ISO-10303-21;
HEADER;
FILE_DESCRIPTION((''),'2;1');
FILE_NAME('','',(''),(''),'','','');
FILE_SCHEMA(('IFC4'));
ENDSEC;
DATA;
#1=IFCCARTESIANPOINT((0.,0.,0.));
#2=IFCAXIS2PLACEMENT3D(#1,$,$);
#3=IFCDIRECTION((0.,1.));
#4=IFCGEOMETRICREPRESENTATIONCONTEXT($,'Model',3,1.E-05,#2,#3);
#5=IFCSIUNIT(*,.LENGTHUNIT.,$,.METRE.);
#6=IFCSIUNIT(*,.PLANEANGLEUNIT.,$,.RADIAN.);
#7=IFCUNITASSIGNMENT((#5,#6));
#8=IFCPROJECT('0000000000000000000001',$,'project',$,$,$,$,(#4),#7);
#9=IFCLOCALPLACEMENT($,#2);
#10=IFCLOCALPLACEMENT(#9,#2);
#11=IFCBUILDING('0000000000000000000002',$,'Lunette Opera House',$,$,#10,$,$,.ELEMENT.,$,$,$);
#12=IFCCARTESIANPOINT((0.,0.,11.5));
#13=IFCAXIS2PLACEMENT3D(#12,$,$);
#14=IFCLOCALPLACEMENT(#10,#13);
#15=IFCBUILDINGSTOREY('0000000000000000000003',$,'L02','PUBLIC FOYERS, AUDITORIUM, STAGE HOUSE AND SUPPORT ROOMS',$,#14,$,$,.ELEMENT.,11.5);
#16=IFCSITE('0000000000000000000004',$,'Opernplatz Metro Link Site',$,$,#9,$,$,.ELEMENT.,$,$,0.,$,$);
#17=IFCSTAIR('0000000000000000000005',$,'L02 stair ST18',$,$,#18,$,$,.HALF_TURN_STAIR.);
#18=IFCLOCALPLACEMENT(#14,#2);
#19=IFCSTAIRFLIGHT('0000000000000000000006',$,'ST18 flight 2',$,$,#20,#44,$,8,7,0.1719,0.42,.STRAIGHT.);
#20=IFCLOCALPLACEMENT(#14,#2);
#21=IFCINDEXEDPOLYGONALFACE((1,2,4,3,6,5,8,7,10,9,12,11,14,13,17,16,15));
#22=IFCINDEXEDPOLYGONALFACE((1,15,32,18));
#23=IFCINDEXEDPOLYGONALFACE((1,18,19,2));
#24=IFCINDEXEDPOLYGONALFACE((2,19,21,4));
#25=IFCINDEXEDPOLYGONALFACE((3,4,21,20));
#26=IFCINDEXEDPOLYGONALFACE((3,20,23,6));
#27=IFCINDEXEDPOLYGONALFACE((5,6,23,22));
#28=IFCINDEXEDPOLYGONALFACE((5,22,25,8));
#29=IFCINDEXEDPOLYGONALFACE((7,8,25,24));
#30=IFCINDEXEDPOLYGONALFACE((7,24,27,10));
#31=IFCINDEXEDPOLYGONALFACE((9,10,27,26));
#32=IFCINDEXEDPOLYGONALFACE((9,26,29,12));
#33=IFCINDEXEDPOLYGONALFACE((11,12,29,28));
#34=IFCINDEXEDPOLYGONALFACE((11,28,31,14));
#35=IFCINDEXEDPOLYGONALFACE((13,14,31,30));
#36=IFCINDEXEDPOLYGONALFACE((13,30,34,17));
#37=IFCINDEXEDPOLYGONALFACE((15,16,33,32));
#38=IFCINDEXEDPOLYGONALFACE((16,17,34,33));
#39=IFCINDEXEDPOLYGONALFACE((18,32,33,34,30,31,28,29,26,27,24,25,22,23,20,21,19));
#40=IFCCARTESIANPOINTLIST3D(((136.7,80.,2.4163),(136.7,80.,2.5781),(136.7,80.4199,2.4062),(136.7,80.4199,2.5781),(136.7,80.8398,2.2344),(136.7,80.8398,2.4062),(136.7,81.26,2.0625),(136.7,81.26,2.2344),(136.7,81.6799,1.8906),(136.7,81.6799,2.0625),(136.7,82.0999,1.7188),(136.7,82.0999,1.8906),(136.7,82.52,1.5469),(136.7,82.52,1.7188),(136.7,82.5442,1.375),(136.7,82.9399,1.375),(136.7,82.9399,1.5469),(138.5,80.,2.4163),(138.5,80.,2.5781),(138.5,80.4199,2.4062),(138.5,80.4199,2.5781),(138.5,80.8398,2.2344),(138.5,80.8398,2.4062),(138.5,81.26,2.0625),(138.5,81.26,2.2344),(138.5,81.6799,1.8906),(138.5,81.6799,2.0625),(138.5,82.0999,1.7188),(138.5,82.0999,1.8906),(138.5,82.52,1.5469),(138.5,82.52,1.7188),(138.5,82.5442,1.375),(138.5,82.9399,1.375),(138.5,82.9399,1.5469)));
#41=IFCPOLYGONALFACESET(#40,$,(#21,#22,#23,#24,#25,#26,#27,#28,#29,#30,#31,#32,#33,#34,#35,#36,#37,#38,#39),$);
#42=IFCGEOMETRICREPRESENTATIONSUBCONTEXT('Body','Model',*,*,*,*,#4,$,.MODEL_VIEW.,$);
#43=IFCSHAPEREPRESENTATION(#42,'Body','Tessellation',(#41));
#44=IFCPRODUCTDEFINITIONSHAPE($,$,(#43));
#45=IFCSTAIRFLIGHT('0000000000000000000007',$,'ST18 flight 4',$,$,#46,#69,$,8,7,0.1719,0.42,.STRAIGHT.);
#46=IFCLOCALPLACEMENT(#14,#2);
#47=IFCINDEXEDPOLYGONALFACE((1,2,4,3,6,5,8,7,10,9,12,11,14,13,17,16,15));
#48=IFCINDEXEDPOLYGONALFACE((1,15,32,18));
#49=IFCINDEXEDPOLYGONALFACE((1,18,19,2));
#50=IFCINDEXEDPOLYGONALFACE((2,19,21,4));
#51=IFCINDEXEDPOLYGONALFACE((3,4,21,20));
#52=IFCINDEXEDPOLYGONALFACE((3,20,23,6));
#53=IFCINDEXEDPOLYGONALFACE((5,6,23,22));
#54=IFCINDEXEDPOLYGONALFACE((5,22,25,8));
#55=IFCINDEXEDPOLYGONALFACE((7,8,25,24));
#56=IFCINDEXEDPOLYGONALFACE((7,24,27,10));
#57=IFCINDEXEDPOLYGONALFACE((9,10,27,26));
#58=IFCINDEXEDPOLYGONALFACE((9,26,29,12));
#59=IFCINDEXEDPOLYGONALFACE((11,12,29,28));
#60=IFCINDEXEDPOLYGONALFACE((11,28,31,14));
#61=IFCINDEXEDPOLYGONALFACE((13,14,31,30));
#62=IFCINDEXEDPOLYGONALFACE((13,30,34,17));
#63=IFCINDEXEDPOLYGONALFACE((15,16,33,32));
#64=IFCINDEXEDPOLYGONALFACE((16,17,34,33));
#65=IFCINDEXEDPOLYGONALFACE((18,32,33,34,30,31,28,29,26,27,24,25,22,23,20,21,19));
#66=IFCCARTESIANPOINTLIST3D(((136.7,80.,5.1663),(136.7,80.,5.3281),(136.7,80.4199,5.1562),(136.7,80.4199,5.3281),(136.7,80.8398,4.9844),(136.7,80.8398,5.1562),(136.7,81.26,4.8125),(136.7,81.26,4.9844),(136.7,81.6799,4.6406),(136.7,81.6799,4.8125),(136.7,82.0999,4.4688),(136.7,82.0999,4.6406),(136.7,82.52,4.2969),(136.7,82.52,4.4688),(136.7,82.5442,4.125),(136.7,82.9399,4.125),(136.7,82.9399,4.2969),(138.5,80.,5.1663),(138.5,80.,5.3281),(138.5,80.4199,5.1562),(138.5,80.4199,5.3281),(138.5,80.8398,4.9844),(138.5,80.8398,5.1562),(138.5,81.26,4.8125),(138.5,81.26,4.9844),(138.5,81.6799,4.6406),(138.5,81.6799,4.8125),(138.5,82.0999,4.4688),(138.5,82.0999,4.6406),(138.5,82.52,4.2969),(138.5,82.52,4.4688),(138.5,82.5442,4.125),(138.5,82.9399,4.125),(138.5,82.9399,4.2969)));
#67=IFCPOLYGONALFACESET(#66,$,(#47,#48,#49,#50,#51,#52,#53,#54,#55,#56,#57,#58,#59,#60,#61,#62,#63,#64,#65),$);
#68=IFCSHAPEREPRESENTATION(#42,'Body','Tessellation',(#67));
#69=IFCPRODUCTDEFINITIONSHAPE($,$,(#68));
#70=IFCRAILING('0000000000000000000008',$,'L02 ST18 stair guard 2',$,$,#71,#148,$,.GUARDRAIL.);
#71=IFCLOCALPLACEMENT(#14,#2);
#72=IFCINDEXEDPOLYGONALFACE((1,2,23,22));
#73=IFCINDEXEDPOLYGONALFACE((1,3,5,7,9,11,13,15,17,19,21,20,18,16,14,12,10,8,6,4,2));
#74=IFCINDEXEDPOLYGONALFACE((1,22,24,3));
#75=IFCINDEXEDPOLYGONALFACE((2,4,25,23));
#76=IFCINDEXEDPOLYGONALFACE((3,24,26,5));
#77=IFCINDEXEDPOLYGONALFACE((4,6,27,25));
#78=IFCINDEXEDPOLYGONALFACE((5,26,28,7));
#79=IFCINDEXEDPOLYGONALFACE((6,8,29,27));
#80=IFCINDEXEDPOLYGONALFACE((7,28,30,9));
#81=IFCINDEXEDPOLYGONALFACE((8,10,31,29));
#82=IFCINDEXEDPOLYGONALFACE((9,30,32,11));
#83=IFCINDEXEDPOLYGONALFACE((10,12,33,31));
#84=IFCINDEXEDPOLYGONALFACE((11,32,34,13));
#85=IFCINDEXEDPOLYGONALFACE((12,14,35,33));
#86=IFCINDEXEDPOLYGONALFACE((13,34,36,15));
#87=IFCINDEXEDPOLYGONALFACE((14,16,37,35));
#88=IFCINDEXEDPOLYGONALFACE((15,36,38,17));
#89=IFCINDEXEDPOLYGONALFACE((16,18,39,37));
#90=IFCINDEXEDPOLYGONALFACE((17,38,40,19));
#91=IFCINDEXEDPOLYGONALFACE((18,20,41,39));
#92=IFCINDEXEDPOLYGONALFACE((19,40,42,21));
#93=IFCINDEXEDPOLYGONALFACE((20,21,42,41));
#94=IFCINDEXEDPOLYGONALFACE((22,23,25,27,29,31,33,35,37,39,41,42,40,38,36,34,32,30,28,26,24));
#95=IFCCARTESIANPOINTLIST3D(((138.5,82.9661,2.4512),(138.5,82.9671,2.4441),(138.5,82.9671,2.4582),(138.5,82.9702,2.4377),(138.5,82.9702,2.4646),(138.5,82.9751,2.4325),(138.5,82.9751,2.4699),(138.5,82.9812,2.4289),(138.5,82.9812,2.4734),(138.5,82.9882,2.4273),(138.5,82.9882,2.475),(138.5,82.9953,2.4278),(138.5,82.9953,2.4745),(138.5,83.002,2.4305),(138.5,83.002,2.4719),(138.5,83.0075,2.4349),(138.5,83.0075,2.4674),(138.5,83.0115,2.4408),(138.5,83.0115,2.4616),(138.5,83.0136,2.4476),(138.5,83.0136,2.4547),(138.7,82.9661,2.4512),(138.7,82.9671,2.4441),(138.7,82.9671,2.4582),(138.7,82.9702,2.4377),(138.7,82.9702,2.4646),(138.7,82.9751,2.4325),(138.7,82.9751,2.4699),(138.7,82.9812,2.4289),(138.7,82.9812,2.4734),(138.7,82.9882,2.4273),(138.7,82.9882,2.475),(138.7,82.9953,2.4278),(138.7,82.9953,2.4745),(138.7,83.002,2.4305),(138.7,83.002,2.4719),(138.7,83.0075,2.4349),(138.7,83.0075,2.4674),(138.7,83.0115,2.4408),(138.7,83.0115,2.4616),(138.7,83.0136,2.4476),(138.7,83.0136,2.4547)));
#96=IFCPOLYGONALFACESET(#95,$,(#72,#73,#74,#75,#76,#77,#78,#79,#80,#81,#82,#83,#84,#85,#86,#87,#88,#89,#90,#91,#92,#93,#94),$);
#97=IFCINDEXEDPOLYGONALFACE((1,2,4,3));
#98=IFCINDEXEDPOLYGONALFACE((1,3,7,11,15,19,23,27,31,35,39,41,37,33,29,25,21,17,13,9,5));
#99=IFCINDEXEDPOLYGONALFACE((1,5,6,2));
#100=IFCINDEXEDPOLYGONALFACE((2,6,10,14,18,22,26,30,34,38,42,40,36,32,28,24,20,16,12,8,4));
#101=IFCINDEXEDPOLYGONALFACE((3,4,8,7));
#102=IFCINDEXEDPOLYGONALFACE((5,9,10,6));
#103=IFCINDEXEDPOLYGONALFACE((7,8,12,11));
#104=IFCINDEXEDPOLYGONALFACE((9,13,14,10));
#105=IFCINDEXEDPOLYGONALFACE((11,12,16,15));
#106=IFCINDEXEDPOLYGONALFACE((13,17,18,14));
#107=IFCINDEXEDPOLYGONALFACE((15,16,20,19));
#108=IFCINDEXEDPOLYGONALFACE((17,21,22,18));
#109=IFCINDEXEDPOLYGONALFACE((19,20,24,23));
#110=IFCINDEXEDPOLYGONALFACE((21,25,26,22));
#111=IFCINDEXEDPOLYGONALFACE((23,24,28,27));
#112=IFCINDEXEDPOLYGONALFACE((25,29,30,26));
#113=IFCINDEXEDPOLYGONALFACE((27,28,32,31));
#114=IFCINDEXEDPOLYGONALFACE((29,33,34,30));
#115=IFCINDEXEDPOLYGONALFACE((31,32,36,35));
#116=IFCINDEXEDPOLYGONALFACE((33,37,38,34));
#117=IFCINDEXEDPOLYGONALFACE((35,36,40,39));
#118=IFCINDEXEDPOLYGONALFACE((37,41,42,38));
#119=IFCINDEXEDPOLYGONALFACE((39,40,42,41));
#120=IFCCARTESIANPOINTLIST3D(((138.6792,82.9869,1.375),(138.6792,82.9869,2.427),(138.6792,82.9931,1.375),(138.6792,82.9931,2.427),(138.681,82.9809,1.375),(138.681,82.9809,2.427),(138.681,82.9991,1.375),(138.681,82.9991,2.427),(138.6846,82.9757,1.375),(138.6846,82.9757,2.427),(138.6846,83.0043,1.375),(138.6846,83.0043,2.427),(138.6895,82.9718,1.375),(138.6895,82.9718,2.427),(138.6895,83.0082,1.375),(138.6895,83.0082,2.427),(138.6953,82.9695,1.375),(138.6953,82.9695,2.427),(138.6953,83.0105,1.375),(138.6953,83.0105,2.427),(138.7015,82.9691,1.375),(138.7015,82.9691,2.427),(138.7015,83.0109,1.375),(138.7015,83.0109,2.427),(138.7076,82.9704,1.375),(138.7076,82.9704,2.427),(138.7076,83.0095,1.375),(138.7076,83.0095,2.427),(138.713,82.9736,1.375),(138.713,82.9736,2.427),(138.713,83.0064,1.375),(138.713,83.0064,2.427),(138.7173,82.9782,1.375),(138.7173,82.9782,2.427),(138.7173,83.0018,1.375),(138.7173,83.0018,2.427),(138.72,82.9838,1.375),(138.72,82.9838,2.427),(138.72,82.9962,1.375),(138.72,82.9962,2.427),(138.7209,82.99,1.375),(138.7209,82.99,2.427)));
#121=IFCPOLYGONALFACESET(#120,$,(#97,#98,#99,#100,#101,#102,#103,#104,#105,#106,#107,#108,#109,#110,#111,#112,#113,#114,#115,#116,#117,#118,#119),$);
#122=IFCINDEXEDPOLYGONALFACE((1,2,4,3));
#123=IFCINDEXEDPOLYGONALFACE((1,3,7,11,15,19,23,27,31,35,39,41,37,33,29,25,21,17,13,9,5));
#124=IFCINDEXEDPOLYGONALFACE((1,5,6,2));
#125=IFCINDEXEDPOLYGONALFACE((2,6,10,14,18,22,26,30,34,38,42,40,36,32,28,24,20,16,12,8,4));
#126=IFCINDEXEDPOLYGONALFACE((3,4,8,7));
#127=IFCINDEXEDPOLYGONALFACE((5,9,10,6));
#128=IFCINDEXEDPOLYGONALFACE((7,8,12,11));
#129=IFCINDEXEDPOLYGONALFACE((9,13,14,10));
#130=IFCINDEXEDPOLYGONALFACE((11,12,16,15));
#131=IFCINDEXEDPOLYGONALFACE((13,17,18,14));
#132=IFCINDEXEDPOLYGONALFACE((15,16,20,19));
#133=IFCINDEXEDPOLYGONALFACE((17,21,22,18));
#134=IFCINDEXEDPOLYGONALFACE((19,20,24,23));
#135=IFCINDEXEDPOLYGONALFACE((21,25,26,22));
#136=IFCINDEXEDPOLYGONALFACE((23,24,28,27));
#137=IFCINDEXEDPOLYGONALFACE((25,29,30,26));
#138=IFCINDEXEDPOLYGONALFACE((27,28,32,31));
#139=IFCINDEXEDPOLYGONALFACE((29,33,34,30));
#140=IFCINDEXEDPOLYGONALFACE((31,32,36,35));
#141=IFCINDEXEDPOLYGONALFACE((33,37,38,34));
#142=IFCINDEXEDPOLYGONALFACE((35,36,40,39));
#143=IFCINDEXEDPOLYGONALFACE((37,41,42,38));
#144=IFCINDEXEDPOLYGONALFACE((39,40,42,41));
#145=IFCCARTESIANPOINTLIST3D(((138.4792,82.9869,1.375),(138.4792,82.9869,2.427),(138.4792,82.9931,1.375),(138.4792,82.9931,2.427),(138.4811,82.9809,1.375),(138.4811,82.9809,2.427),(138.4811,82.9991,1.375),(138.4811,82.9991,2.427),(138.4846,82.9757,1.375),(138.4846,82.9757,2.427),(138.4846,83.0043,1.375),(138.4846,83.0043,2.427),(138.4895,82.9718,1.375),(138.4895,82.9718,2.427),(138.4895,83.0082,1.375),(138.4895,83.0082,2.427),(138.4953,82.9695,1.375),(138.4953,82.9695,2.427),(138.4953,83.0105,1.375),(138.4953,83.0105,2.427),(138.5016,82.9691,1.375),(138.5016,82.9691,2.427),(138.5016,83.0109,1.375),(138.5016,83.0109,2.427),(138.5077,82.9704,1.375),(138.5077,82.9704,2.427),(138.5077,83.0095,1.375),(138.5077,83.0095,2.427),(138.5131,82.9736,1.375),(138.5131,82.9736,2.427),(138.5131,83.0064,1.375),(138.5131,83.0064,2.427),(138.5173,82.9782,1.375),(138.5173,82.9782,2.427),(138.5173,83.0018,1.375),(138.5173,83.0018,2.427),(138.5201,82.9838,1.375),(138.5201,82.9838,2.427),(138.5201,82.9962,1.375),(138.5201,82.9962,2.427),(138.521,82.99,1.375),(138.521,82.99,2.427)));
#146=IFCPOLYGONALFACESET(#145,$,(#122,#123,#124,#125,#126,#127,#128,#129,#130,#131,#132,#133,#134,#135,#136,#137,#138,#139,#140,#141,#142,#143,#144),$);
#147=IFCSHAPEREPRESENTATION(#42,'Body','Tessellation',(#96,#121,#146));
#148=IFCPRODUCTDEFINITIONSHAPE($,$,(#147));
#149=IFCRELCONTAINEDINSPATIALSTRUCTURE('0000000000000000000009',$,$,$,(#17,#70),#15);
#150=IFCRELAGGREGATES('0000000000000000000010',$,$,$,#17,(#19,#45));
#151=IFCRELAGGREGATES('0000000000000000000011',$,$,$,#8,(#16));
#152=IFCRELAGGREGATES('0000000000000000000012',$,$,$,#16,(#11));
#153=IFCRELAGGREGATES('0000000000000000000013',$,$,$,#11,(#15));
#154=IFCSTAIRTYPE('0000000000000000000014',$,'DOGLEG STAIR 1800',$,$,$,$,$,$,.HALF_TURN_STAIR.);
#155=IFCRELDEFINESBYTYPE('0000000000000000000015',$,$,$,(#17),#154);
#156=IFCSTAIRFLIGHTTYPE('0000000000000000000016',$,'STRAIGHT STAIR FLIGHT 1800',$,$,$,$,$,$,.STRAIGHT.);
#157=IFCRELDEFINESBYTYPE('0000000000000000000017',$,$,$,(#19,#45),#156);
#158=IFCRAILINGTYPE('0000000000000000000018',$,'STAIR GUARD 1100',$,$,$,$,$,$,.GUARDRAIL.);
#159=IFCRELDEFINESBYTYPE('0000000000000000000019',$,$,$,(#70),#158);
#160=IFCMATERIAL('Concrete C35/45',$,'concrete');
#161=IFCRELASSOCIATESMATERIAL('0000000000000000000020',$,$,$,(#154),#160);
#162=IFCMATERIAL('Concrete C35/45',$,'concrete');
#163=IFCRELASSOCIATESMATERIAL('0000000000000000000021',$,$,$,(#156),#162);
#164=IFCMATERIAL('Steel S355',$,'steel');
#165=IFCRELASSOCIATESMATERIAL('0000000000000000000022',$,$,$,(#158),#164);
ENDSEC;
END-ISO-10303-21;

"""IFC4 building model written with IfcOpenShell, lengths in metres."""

from ifc_helpers import new_model, si_unit, direction, frame, origin, origin_2d, place, context, subcontext, project, spatial, polyline, circle, outline, extrude, material, type_object, element, aggregate, save


model = new_model("IFC4")

# Units and contexts
model_context = context("Model", 3, precision=1e-05, world=origin(), true_north=direction((0.0, 1.0)))
body_context = subcontext(model_context, "Body", "Model", "MODEL_VIEW")
ifc_project = project(units=[si_unit("LENGTHUNIT", "METRE"), si_unit("PLANEANGLEUNIT", "RADIAN")], contexts=[model_context])

# Site, building, storey
site_placement = place(None, origin())
site = spatial("IfcSite", under=ifc_project, at=site_placement, Name="Opernplatz Metro Link Site", CompositionType="ELEMENT", RefElevation=0.0)
building_placement = place(site_placement, origin())
building = spatial("IfcBuilding", under=site, at=building_placement, Name="Lunette Opera House", CompositionType="ELEMENT")
storey_placement = place(building_placement, frame((0.0, 0.0, 11.5)))
storey = spatial("IfcBuildingStorey", under=building, at=storey_placement, Name="L02", Description="PUBLIC FOYERS, AUDITORIUM, STAGE HOUSE AND SUPPORT ROOMS", CompositionType="ELEMENT", Elevation=11.5)

# Stair, stair flights
ifc_material_1 = material(Name="Concrete C35/45", Category="concrete")
stair_type = type_object("IfcStairType", Name="DOGLEG STAIR 1800", PredefinedType="HALF_TURN_STAIR", material=ifc_material_1)
stair_placement = place(storey_placement, origin())
stair = element("IfcStair", 1, at=stair_placement, inside=storey, type_object=stair_type, Name="L02 stair ST18", PredefinedType="HALF_TURN_STAIR")
ifc_material_2 = material(Name="Concrete C35/45", Category="concrete")
stair_flight_type = type_object("IfcStairFlightType", Name="STRAIGHT STAIR FLIGHT 1800", PredefinedType="STRAIGHT", material=ifc_material_2)
stair_flight_1_placement = place(storey_placement, frame((137.6001, 82.9399, 1.375), z_axis=(0.0, 0.0, 1.0), x_axis=(0.0, -1.0, 0.0)))
stair_flight_1 = element("IfcStairFlight", 2, at=stair_flight_1_placement, type_object=stair_flight_type, Name="ST18 flight 2", NumberOfRisers=8, NumberOfTreads=7, PredefinedType="STRAIGHT", RiserHeight=0.1719, TreadLength=0.42, context=body_context, shape_type="SweptSolid", body=[
    extrude(outline(polyline([(0.0, 0.0), (0.0, 0.1719), (0.4199, 0.1719), (0.4199, 0.3438), (0.8401, 0.3438), (0.8401, 0.5156), (1.26, 0.5156), (1.26, 0.6875), (1.6799, 0.6875), (1.6799, 0.8594), (2.1001, 0.8594), (2.1001, 1.0312), (2.52, 1.0312), (2.52, 1.2031), (2.9399, 1.2031), (2.9399, 1.375), (2.9399, 1.0413), (0.3958, 0.0), (0.0, 0.0)])), frame((0.0, 0.8999, 0.0), z_axis=(0.0, -1.0, 0.0), x_axis=(1.0, 0.0, 0.0)), (0.0, 0.0, 1.0), 1.8),
])
stair_flight_2_placement = place(storey_placement, frame((137.6001, 82.9399, 4.125), z_axis=(0.0, 0.0, 1.0), x_axis=(0.0, -1.0, 0.0)))
stair_flight_2 = element("IfcStairFlight", 3, at=stair_flight_2_placement, type_object=stair_flight_type, Name="ST18 flight 4", NumberOfRisers=8, NumberOfTreads=7, PredefinedType="STRAIGHT", RiserHeight=0.1719, TreadLength=0.42, context=body_context, shape_type="SweptSolid", body=[
    extrude(outline(polyline([(0.0, 0.0), (0.0, 0.1719), (0.4199, 0.1719), (0.4199, 0.3438), (0.8401, 0.3438), (0.8401, 0.5156), (1.26, 0.5156), (1.26, 0.6875), (1.6799, 0.6875), (1.6799, 0.8594), (2.1001, 0.8594), (2.1001, 1.0312), (2.52, 1.0312), (2.52, 1.2031), (2.9399, 1.2031), (2.9399, 1.375), (2.9399, 1.0413), (0.3958, 0.0), (0.0, 0.0)])), frame((0.0, 0.8999, 0.0), z_axis=(0.0, -1.0, 0.0), x_axis=(1.0, 0.0, 0.0)), (0.0, 0.0, 1.0), 1.8),
])
aggregate(stair, [stair_flight_1, stair_flight_2])

# Railing
ifc_material_3 = material(Name="Steel S355", Category="steel")
railing_type_1 = type_object("IfcRailingType", Name="STAIR GUARD 1100", PredefinedType="GUARDRAIL", material=ifc_material_3)
railing_1_placement = place(storey_placement, frame((138.7, 82.99, 1.375)))
element("IfcRailing", 4, at=railing_1_placement, inside=storey, type_object=railing_type_1, Name="L02 ST18 stair guard 2", PredefinedType="GUARDRAIL", context=body_context, shape_type="SweptSolid", body=[
    extrude(circle(Radius=0.0239, at=origin_2d()), frame((0.0, 0.0, 1.0762), z_axis=(-1.0, 0.0, 0.0), x_axis=(0.0, -1.0, 0.0)), (0.0, 0.0, 1.0), 0.2),
    extrude(circle(Radius=0.021, at=origin_2d()), origin(), (0.0, 0.0, 1.0), 1.052),
    extrude(circle(Radius=0.021, at=origin_2d()), frame((-0.2, 0.0, 0.0)), (0.0, 0.0, 1.0), 1.052),
])

save(model, "model.ifc")
